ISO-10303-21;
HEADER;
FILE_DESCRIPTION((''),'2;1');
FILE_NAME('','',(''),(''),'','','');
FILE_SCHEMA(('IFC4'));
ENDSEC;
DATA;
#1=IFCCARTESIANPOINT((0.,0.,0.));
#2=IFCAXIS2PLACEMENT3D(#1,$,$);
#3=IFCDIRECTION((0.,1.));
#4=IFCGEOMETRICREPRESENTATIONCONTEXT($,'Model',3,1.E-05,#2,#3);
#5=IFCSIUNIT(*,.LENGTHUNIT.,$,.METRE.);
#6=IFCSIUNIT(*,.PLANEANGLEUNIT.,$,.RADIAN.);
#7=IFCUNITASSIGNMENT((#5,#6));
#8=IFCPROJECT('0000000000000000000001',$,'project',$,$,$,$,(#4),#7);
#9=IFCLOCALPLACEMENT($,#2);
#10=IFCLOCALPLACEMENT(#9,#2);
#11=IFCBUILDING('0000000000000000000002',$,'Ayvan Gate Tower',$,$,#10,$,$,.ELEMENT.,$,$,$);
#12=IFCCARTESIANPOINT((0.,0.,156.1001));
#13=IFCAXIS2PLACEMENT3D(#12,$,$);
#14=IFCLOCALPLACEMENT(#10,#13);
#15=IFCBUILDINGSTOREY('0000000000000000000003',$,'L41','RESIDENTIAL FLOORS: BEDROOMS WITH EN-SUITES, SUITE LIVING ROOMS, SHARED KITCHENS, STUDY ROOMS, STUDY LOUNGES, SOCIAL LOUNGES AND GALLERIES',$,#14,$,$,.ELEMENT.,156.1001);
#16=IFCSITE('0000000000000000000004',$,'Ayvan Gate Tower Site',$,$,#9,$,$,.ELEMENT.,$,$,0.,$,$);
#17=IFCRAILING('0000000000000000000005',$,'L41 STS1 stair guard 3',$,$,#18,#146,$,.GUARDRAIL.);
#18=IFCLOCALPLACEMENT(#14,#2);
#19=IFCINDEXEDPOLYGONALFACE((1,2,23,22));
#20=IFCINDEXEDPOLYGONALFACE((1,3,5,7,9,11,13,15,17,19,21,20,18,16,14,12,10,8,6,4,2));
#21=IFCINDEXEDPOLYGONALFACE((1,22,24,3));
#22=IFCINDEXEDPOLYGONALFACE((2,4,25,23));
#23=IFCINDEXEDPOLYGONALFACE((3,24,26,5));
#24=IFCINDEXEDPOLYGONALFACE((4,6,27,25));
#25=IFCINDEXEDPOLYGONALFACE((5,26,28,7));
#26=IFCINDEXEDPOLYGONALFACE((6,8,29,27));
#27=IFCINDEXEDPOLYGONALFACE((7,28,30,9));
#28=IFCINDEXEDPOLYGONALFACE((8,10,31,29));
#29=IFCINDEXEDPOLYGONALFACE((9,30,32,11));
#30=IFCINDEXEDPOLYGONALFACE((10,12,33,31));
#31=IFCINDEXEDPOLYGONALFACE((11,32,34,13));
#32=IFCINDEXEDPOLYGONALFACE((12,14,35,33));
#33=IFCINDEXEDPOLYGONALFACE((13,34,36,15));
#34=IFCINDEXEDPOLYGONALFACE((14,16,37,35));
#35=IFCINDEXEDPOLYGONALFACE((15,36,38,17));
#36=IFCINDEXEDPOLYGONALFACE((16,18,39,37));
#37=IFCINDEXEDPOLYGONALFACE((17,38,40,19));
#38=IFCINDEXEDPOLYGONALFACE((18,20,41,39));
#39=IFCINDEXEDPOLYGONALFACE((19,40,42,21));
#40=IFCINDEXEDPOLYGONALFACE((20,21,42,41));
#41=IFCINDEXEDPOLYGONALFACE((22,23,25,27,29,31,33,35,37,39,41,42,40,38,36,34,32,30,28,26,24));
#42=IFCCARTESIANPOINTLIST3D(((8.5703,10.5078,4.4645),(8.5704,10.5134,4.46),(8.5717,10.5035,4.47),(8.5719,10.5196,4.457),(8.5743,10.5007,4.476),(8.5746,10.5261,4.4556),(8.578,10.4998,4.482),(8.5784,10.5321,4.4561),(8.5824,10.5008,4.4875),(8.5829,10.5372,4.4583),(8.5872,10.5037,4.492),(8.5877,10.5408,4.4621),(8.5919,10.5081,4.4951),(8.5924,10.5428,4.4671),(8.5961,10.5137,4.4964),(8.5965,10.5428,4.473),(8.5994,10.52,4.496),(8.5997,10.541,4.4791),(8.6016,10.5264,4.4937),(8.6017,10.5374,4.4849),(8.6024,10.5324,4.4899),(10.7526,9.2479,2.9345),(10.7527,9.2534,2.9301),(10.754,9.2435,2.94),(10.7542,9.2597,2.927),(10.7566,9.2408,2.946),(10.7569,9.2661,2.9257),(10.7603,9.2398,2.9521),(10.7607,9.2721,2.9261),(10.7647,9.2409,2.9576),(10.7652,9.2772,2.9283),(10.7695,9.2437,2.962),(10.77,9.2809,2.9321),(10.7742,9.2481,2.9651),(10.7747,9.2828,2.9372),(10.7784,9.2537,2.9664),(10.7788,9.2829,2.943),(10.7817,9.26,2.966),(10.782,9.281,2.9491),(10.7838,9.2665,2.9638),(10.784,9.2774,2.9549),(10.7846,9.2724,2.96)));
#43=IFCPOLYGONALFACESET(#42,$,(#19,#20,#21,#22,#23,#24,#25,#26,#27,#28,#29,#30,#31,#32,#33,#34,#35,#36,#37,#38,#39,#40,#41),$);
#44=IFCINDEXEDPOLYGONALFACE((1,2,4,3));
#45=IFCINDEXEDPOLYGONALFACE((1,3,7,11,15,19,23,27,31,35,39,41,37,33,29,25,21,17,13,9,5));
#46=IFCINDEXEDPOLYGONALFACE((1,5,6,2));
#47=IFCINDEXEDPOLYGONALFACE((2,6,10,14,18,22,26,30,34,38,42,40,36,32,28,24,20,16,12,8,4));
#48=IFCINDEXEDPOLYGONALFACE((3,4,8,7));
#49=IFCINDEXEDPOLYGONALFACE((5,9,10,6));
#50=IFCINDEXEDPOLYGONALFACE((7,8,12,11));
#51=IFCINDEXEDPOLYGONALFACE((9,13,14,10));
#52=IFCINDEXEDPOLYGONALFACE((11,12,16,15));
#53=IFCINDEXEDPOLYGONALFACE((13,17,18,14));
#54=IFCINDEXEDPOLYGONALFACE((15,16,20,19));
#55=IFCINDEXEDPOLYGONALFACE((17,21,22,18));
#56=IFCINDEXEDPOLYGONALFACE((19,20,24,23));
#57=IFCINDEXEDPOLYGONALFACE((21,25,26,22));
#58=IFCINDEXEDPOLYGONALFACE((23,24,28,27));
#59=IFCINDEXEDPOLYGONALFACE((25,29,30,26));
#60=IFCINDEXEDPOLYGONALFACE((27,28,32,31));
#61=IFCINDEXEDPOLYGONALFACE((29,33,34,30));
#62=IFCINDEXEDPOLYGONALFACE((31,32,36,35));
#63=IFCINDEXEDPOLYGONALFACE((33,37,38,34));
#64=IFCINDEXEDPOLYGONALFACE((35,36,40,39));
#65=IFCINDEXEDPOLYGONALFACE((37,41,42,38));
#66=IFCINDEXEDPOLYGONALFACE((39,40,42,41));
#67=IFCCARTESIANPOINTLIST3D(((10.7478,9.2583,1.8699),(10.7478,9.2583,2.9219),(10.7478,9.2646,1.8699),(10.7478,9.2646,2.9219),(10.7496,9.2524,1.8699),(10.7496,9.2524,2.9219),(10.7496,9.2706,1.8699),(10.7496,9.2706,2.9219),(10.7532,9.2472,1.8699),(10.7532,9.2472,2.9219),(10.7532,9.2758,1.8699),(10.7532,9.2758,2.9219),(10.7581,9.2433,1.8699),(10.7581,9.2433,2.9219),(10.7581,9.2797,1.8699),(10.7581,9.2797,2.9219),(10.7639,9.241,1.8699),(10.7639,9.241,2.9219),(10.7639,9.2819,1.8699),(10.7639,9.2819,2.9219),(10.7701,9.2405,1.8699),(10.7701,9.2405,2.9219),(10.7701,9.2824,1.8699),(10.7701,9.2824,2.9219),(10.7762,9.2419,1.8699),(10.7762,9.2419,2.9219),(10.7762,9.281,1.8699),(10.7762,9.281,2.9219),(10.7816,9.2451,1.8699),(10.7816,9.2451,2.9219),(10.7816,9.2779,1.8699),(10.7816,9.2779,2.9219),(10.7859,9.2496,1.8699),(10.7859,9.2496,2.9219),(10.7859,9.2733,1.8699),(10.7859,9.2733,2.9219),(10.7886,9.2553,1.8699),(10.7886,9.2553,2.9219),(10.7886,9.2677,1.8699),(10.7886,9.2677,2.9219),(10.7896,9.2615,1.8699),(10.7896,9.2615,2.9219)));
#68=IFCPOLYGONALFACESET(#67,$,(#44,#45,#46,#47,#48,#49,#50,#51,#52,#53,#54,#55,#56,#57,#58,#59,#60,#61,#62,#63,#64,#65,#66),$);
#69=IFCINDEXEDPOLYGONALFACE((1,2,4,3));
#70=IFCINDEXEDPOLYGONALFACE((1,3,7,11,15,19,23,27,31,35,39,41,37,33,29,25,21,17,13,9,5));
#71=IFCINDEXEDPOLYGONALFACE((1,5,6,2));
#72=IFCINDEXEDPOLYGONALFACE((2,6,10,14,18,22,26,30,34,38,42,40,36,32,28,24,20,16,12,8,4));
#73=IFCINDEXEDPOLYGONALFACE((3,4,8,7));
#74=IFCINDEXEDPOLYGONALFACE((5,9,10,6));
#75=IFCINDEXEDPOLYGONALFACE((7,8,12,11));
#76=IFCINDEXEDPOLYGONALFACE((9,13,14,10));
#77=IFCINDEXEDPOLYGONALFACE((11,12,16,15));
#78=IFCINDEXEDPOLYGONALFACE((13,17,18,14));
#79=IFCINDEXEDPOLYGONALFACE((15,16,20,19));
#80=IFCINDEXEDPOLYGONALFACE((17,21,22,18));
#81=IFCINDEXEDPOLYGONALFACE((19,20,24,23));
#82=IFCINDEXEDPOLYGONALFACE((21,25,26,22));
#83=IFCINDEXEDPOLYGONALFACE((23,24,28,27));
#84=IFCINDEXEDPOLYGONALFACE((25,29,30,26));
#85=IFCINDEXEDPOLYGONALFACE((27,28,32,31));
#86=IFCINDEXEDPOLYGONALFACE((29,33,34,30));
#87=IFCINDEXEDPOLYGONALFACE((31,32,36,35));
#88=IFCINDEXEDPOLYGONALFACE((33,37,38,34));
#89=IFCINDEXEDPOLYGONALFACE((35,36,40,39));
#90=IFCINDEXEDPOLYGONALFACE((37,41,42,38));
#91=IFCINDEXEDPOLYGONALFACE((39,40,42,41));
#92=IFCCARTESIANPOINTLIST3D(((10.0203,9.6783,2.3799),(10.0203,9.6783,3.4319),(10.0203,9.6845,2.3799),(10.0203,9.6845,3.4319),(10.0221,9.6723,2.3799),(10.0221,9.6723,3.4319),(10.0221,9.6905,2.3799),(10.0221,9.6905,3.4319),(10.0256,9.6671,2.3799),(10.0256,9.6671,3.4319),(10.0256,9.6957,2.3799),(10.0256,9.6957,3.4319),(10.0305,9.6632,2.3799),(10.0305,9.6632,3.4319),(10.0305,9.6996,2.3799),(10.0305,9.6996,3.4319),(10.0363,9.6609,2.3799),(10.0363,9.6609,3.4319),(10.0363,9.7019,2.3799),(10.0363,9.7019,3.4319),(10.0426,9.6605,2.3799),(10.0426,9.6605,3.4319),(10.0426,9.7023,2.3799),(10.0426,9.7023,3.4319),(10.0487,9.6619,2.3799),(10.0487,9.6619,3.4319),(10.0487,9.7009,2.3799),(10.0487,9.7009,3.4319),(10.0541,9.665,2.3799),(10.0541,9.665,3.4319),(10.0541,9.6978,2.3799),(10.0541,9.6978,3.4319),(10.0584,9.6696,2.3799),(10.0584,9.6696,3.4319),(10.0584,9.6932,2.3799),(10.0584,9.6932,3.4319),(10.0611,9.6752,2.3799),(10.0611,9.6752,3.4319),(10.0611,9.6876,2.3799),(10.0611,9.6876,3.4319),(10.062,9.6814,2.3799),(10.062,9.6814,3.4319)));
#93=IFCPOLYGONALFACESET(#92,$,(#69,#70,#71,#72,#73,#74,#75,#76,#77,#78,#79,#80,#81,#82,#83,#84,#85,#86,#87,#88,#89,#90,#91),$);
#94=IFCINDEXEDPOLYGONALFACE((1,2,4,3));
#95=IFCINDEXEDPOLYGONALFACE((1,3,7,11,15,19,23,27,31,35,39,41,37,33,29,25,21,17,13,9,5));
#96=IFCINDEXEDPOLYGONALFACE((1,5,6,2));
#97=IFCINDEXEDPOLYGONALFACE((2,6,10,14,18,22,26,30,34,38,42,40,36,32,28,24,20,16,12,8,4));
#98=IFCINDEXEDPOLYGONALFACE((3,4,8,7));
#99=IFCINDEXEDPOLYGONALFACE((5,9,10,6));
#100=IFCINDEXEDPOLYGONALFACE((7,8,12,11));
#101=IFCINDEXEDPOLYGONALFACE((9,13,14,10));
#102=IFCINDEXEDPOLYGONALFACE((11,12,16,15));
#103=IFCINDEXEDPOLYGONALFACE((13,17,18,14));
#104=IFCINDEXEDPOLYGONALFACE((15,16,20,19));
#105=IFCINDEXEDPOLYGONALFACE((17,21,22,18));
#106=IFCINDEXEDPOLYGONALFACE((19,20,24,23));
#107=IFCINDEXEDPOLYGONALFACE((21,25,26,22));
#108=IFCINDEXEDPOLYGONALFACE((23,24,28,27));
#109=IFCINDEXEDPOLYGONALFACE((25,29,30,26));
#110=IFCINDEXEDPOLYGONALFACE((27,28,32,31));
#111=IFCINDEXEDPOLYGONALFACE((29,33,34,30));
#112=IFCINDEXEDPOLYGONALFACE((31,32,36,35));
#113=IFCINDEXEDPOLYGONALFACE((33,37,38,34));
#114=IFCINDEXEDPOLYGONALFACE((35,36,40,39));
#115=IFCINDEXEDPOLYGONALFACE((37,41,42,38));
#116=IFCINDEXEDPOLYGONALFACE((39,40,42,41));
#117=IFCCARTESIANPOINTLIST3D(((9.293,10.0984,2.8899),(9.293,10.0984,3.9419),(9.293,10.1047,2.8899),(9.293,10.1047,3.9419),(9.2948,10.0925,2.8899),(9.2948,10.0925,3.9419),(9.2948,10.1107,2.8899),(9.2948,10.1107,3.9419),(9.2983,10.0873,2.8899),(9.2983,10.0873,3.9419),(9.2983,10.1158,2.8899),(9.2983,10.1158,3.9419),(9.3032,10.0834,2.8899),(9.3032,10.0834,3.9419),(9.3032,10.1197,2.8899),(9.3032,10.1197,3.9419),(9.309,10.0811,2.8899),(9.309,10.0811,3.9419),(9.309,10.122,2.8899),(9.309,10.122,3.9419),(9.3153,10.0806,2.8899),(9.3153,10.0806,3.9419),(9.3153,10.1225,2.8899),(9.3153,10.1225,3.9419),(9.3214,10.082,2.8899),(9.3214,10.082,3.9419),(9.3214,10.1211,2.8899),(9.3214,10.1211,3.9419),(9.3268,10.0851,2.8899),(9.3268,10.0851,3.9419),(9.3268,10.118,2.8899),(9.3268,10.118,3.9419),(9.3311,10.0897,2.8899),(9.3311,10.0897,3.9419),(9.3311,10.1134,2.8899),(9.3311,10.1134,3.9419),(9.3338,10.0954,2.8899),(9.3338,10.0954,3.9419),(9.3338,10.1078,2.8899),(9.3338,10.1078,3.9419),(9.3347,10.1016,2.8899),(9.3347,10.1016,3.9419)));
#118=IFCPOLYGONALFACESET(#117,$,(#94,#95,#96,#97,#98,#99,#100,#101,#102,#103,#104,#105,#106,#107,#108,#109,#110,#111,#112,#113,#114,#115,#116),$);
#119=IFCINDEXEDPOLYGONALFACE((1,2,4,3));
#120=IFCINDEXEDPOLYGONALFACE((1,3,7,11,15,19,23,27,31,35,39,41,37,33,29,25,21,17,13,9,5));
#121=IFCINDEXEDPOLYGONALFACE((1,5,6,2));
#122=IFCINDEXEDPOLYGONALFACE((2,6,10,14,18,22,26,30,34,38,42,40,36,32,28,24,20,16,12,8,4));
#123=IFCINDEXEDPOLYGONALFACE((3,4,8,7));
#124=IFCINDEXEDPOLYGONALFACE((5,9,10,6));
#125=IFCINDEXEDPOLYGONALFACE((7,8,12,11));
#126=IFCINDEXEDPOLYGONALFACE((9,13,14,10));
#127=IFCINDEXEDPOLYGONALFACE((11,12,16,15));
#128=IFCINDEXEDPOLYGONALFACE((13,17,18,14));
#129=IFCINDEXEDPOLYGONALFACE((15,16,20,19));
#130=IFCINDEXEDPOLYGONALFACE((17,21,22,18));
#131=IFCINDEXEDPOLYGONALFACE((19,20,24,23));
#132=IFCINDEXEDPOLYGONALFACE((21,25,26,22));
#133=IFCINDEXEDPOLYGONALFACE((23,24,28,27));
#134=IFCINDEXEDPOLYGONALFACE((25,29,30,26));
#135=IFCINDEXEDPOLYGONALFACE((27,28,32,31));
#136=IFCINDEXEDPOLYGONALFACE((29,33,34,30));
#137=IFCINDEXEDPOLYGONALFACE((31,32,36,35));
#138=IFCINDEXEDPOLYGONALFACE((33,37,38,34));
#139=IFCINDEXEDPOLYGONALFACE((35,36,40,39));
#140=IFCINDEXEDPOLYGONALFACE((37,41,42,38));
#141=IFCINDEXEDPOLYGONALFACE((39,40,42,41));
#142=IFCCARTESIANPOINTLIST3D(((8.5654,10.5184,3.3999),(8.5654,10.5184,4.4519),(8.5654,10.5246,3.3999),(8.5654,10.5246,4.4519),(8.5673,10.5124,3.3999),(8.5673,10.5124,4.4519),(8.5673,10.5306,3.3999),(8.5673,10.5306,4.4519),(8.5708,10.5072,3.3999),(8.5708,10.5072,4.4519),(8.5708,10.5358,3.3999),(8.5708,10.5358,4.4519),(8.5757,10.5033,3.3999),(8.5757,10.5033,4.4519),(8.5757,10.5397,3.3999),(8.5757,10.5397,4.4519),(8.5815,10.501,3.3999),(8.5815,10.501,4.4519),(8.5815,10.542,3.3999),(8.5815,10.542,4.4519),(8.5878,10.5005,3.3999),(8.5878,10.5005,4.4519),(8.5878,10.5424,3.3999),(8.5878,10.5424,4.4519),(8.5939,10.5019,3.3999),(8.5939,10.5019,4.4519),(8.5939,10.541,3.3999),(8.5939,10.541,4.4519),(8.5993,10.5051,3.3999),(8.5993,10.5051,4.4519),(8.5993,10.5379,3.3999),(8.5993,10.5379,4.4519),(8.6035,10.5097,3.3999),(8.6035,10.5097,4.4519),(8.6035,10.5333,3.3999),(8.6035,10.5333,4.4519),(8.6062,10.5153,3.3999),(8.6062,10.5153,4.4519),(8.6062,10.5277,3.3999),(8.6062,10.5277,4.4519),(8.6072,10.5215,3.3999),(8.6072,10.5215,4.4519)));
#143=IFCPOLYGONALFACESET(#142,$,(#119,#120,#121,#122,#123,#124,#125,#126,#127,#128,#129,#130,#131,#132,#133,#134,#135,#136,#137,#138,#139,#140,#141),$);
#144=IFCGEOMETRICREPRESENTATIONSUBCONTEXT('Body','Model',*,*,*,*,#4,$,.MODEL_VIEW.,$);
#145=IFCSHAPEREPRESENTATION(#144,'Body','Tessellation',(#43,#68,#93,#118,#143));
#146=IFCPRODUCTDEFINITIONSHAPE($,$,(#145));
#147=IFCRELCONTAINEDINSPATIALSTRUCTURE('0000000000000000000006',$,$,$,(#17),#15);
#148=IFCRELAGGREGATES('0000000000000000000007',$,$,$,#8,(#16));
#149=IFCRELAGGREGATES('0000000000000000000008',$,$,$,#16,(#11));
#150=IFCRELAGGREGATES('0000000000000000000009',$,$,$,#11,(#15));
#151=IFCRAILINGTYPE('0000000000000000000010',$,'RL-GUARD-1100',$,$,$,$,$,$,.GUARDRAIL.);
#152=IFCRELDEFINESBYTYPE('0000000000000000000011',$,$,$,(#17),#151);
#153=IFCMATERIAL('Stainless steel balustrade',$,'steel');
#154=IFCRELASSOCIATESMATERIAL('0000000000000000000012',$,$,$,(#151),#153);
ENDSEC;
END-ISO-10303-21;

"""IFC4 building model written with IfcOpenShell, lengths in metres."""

from ifc_helpers import new_model, si_unit, direction, frame, origin, origin_2d, place, context, subcontext, project, spatial, circle, extrude, material, type_object, element, save


model = new_model("IFC4")

# Units and contexts
model_context = context("Model", 3, precision=1e-05, world=origin(), true_north=direction((0.0, 1.0)))
body_context = subcontext(model_context, "Body", "Model", "MODEL_VIEW")
ifc_project = project(units=[si_unit("LENGTHUNIT", "METRE"), si_unit("PLANEANGLEUNIT", "RADIAN")], contexts=[model_context])

# Site, building, storey
site_placement = place(None, origin())
site = spatial("IfcSite", under=ifc_project, at=site_placement, Name="Ayvan Gate Tower Site", CompositionType="ELEMENT", RefElevation=0.0)
building_placement = place(site_placement, origin())
building = spatial("IfcBuilding", under=site, at=building_placement, Name="Ayvan Gate Tower", CompositionType="ELEMENT")
storey_placement = place(building_placement, frame((0.0, 0.0, 156.1001)))
storey = spatial("IfcBuildingStorey", under=building, at=storey_placement, Name="L41", Description="RESIDENTIAL FLOORS: BEDROOMS WITH EN-SUITES, SUITE LIVING ROOMS, SHARED KITCHENS, STUDY ROOMS, STUDY LOUNGES, SOCIAL LOUNGES AND GALLERIES", CompositionType="ELEMENT", Elevation=156.1001)

# Railing
ifc_material_1 = material(Name="Stainless steel balustrade", Category="steel")
railing_type_1 = type_object("IfcRailingType", Name="RL-GUARD-1100", PredefinedType="GUARDRAIL", material=ifc_material_1)
railing_1_placement = place(storey_placement, frame((10.7686, 9.2615, 1.8699)))
element("IfcRailing", 1, at=railing_1_placement, inside=storey, type_object=railing_type_1, Name="L41 STS1 stair guard 3", PredefinedType="GUARDRAIL", context=body_context, shape_type="SweptSolid", body=[
    extrude(circle(Radius=0.0239, at=origin_2d()), frame((0.0, 0.0, 1.0762), z_axis=(-0.740261, 0.427395, 0.518986), x_axis=(-0.500005, -0.866023, 0.0)), (0.0, 0.0, 1.0), 2.948),
    extrude(circle(Radius=0.021, at=origin_2d()), origin(), (0.0, 0.0, 1.0), 1.052),
    extrude(circle(Radius=0.021, at=origin_2d()), frame((-0.7275, 0.4199, 0.51)), (0.0, 0.0, 1.0), 1.052),
    extrude(circle(Radius=0.021, at=origin_2d()), frame((-1.4548, 0.8401, 1.02)), (0.0, 0.0, 1.0), 1.052),
    extrude(circle(Radius=0.021, at=origin_2d()), frame((-2.1824, 1.26, 1.53)), (0.0, 0.0, 1.0), 1.052),
])

save(model, "model.ifc")
